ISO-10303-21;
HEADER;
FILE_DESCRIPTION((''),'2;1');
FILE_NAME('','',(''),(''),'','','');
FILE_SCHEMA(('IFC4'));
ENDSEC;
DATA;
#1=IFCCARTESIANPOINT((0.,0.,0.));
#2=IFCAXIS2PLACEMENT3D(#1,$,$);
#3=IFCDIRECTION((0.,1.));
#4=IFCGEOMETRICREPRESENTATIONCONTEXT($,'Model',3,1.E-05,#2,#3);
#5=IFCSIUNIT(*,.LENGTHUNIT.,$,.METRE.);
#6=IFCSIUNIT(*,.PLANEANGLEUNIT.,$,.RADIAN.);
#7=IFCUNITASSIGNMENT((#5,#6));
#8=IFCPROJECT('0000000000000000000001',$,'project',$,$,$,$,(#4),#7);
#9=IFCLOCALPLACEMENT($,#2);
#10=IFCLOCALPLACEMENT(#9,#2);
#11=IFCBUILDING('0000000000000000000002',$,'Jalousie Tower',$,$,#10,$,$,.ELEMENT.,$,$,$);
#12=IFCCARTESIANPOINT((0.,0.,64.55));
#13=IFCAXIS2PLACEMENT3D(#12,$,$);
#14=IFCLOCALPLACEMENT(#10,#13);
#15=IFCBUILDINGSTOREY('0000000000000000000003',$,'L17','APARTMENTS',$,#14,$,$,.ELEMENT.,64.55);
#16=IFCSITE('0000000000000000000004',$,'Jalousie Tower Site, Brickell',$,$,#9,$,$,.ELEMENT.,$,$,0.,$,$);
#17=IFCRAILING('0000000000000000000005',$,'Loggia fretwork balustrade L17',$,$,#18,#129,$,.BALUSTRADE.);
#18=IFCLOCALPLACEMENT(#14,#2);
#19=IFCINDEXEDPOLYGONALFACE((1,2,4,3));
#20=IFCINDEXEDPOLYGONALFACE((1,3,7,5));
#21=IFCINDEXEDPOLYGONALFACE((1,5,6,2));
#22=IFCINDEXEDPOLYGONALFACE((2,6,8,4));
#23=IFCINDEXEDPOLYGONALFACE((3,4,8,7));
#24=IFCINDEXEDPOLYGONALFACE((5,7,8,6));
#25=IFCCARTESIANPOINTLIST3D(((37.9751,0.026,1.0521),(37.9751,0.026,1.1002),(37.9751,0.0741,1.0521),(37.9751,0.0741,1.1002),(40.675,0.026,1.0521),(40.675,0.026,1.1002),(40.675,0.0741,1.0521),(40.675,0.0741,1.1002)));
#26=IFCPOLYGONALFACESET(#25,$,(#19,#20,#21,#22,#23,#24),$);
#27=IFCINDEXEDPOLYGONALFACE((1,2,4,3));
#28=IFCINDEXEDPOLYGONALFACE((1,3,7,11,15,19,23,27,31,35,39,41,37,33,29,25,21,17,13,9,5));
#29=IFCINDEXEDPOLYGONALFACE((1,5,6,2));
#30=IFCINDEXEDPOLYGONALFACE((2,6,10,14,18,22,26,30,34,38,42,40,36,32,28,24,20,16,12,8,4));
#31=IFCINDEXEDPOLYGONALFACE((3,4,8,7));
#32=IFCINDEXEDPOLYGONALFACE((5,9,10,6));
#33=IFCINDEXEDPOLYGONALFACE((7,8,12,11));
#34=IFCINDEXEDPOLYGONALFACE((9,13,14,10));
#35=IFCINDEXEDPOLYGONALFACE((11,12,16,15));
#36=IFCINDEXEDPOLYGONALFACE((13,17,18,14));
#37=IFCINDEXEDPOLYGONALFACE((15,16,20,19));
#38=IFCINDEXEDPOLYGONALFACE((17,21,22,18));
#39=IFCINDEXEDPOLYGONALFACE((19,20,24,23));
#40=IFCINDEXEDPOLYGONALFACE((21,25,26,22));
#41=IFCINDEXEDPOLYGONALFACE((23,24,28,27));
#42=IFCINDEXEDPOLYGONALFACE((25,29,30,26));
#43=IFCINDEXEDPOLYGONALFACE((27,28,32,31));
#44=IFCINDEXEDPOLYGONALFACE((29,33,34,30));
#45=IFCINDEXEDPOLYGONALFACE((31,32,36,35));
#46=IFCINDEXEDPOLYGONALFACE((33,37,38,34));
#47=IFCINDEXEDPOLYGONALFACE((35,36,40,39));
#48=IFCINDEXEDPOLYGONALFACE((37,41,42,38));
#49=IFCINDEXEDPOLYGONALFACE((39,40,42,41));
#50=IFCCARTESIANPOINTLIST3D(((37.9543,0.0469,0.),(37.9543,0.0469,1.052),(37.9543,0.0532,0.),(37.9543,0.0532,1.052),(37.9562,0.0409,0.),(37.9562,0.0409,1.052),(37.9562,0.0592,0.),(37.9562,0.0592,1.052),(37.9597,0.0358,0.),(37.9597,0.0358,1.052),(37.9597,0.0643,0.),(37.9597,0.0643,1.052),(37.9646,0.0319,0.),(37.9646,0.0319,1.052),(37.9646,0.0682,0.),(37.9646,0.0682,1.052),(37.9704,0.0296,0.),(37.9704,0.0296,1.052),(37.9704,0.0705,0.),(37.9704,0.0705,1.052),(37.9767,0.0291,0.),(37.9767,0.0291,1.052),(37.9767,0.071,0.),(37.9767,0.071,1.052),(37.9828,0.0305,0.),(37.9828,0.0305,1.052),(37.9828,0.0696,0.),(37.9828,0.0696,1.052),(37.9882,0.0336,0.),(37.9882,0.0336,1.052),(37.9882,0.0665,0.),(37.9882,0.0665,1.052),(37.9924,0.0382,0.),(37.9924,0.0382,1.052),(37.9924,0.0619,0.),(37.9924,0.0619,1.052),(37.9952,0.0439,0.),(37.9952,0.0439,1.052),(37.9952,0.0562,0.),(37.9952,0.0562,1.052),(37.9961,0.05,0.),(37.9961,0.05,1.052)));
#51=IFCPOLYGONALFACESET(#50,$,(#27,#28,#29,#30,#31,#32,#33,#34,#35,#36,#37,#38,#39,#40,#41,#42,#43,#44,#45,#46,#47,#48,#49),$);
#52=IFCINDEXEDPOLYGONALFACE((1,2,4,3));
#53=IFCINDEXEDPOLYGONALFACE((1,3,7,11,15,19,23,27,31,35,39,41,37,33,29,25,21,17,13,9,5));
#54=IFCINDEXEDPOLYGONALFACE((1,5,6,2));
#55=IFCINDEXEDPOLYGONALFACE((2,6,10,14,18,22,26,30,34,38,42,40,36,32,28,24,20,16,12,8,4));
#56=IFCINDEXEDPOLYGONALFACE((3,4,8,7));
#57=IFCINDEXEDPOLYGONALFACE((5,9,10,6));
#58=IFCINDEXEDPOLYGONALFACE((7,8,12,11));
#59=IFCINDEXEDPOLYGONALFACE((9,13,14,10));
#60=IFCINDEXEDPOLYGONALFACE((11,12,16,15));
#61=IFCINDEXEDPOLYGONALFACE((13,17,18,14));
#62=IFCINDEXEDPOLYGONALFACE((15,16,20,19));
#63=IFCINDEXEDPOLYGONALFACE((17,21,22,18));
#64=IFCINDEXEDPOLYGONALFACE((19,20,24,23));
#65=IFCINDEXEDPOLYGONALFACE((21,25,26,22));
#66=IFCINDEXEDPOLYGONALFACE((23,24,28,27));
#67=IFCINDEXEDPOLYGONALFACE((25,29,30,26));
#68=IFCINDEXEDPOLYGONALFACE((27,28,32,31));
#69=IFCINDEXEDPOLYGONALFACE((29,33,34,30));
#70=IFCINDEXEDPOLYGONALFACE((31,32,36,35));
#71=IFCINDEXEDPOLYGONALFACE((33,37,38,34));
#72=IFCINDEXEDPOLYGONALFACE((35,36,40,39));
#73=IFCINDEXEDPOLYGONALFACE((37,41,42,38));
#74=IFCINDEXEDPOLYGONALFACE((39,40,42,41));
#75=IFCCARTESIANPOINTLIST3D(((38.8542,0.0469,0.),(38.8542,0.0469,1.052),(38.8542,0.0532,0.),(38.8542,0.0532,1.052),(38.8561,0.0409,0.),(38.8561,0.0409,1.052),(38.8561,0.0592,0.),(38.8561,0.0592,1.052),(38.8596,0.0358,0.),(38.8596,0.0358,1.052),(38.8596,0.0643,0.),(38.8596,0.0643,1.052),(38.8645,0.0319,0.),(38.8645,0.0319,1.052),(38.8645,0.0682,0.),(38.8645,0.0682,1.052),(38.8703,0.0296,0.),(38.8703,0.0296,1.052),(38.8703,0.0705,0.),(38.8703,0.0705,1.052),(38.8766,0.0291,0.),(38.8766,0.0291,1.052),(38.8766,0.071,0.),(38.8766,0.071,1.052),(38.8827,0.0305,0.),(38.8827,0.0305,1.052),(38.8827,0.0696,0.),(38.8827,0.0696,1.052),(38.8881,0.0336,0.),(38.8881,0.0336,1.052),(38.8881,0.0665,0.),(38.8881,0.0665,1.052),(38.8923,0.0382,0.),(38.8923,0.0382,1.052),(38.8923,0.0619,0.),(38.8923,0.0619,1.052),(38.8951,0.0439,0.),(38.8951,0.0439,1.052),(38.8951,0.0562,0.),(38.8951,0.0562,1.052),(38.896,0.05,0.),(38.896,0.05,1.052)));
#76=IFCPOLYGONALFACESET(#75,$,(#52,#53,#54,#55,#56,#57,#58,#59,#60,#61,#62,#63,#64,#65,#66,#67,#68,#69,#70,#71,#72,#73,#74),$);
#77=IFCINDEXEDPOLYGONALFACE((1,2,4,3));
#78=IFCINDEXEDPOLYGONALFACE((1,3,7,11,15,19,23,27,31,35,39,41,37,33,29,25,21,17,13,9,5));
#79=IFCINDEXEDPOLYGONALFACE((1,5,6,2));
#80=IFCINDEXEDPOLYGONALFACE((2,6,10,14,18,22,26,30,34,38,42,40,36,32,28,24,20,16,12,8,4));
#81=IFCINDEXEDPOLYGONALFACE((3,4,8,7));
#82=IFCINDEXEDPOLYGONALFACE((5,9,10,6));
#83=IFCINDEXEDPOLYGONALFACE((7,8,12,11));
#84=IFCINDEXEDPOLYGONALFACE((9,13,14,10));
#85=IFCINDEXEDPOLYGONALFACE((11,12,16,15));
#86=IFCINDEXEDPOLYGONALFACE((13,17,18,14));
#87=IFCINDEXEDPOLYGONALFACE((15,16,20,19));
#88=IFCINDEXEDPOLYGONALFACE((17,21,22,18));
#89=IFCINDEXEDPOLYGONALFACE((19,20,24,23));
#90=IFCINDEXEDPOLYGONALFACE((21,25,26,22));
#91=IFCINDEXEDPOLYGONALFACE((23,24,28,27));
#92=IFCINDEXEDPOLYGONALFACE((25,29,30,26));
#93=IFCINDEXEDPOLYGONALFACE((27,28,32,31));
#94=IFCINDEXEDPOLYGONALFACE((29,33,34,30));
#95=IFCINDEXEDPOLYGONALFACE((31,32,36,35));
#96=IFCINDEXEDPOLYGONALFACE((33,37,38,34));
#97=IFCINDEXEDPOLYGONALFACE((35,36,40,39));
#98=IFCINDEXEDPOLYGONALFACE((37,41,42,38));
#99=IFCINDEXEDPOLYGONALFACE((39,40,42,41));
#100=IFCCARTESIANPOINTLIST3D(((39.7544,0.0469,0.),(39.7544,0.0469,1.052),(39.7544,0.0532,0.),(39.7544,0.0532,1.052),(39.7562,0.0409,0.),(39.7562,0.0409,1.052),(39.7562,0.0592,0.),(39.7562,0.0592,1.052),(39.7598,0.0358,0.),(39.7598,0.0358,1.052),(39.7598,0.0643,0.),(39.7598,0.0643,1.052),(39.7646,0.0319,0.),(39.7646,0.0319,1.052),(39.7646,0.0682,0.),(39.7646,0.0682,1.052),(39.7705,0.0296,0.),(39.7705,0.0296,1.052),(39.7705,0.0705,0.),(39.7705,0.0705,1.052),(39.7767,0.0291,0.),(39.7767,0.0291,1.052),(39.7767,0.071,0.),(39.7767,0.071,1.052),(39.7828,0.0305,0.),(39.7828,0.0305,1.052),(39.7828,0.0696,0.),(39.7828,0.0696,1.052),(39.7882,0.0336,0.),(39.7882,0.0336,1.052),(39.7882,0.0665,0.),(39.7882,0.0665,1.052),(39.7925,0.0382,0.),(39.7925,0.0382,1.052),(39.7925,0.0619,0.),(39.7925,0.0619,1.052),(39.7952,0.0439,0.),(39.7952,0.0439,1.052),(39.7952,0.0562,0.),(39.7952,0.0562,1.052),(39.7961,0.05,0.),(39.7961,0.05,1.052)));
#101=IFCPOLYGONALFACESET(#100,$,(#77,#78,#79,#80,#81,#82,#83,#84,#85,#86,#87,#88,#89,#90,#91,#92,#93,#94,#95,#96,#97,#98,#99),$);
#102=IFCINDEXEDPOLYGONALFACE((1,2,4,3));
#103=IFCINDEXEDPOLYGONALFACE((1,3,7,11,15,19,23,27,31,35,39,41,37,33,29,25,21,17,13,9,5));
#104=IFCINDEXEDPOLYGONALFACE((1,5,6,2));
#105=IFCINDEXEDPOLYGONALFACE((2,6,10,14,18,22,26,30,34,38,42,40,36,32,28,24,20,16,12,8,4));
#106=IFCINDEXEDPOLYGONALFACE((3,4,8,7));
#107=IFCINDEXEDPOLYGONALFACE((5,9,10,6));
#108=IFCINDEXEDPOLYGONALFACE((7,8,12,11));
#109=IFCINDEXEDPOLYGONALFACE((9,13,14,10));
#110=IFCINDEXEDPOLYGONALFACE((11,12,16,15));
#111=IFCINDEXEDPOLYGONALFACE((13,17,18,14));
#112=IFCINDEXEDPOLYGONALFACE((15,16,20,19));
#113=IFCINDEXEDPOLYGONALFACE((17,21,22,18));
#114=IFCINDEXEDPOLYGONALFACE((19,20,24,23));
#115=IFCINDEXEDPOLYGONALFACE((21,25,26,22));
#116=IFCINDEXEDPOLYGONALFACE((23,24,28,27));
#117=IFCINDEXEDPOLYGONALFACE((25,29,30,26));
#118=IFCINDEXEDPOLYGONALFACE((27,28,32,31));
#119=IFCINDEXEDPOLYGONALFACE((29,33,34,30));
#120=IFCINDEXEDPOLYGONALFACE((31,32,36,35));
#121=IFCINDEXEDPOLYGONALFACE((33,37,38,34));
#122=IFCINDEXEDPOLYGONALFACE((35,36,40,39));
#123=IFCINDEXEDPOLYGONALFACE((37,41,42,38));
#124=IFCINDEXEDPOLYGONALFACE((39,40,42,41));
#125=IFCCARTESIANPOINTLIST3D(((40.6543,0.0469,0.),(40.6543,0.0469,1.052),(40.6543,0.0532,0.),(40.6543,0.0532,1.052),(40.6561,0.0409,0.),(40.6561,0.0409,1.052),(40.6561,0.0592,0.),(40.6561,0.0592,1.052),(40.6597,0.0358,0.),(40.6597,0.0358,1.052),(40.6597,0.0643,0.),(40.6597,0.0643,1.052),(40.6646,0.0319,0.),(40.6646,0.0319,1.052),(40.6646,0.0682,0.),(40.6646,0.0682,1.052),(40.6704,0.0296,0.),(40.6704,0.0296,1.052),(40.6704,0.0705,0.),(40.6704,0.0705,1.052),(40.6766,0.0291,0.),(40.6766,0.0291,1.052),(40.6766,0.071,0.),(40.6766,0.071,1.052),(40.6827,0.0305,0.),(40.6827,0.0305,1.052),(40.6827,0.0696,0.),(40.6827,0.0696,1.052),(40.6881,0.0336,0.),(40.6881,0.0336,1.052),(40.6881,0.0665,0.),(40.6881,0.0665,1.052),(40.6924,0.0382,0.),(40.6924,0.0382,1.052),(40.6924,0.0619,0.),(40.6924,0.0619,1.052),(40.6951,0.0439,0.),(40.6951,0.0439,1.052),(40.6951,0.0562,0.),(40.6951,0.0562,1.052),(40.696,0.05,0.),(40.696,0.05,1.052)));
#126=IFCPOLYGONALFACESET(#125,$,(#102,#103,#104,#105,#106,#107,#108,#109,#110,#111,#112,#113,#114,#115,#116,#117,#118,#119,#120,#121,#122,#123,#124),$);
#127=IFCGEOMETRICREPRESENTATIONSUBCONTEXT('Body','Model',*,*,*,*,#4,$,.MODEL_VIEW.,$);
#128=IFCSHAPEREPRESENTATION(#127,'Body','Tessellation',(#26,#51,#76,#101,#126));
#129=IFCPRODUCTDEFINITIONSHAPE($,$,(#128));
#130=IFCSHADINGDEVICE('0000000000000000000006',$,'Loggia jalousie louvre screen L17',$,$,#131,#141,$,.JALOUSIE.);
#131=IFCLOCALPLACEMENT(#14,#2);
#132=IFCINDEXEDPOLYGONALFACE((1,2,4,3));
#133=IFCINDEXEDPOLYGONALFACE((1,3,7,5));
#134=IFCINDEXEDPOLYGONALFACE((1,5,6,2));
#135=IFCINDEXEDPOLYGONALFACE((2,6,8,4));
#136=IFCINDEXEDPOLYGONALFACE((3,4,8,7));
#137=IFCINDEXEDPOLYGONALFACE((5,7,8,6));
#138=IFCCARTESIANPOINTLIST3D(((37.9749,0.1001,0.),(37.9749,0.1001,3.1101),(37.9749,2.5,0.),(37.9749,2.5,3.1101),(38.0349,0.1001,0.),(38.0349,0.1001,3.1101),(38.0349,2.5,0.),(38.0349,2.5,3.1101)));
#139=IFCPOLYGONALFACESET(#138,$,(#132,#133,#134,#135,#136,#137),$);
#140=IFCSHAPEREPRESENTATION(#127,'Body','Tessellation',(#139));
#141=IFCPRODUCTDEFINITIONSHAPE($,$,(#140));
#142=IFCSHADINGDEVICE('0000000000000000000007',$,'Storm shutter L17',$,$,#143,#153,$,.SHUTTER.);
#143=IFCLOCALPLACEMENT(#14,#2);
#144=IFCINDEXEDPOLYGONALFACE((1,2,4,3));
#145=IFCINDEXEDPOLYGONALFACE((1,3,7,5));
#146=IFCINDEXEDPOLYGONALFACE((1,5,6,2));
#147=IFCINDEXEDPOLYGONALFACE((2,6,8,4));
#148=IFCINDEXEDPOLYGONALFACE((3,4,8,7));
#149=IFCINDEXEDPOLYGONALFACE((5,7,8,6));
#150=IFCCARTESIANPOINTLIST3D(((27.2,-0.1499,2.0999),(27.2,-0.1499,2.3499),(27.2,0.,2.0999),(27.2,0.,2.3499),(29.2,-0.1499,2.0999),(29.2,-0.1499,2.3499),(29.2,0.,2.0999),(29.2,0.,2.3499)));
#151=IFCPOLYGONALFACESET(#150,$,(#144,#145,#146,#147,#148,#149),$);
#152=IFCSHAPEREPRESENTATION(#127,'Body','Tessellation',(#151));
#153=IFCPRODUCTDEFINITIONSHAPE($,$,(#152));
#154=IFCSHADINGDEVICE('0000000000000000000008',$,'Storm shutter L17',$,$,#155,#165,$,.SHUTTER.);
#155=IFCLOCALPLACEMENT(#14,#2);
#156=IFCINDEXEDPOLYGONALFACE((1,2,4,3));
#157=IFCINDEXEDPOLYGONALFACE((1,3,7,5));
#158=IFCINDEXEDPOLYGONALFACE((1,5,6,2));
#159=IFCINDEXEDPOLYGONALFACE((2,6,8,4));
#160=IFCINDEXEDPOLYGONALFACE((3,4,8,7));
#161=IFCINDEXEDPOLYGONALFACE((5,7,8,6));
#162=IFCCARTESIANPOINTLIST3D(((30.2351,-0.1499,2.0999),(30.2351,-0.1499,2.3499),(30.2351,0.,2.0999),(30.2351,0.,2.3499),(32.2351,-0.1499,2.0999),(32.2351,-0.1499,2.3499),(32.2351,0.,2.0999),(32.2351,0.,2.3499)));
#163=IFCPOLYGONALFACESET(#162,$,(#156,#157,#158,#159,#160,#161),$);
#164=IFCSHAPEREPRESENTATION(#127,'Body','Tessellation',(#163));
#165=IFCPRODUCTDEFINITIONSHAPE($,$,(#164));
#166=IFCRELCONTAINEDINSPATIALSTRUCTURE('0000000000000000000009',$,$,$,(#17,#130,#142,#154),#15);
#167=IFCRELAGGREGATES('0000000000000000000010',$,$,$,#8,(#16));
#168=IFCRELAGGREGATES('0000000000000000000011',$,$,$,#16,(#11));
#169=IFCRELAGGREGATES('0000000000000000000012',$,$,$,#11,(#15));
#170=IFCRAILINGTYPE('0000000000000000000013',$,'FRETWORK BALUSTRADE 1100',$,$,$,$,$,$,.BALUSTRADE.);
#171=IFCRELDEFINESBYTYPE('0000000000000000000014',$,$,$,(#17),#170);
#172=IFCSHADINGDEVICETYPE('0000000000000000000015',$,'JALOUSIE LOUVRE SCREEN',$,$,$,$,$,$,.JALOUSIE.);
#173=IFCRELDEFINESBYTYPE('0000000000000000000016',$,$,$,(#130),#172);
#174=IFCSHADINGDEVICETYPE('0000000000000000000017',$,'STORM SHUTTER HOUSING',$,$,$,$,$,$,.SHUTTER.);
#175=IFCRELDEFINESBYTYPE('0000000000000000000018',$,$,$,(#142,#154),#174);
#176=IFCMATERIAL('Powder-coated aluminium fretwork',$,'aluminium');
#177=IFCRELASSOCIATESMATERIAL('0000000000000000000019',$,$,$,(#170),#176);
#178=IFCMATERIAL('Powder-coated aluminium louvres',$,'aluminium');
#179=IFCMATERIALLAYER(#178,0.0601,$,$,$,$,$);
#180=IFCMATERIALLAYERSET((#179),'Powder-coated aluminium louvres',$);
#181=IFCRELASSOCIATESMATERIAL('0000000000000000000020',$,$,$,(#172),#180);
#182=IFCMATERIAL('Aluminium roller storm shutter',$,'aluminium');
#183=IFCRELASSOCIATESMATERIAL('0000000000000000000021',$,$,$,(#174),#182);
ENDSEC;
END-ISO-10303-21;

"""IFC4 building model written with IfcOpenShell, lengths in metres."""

from ifc_helpers import new_model, si_unit, direction, frame, origin, origin_2d, place, context, subcontext, project, spatial, rectangle, circle, extrude, material, layer, layer_set, type_object, element, save


model = new_model("IFC4")

# Units and contexts
model_context = context("Model", 3, precision=1e-05, world=origin(), true_north=direction((0.0, 1.0)))
body_context = subcontext(model_context, "Body", "Model", "MODEL_VIEW")
ifc_project = project(units=[si_unit("LENGTHUNIT", "METRE"), si_unit("PLANEANGLEUNIT", "RADIAN")], contexts=[model_context])

# Site, building, storey
site_placement = place(None, origin())
site = spatial("IfcSite", under=ifc_project, at=site_placement, Name="Jalousie Tower Site, Brickell", CompositionType="ELEMENT", RefElevation=0.0)
building_placement = place(site_placement, origin())
building = spatial("IfcBuilding", under=site, at=building_placement, Name="Jalousie Tower", CompositionType="ELEMENT")
storey_placement = place(building_placement, frame((0.0, 0.0, 64.55)))
storey = spatial("IfcBuildingStorey", under=building, at=storey_placement, Name="L17", Description="APARTMENTS", CompositionType="ELEMENT", Elevation=64.55)

# Railing
ifc_material_1 = material(Name="Powder-coated aluminium fretwork", Category="aluminium")
railing_type = type_object("IfcRailingType", Name="FRETWORK BALUSTRADE 1100", PredefinedType="BALUSTRADE", material=ifc_material_1)
railing_placement = place(storey_placement, frame((37.9751, 0.05, 0.0)))
element("IfcRailing", 1, at=railing_placement, inside=storey, type_object=railing_type, Name="Loggia fretwork balustrade L17", PredefinedType="BALUSTRADE", context=body_context, shape_type="SweptSolid", body=[
    extrude(rectangle(XDim=0.0481, YDim=0.0481, at=origin_2d()), frame((0.0, 0.0, 1.0762), z_axis=(1.0, 0.0, 0.0), x_axis=(0.0, 1.0, 0.0)), (0.0, 0.0, 1.0), 2.7),
    extrude(circle(Radius=0.021, at=origin_2d()), origin(), (0.0, 0.0, 1.0), 1.052),
    extrude(circle(Radius=0.021, at=origin_2d()), frame((0.8999, 0.0, 0.0)), (0.0, 0.0, 1.0), 1.052),
    extrude(circle(Radius=0.021, at=origin_2d()), frame((1.8, 0.0, 0.0)), (0.0, 0.0, 1.0), 1.052),
    extrude(circle(Radius=0.021, at=origin_2d()), frame((2.7, 0.0, 0.0)), (0.0, 0.0, 1.0), 1.052),
])

# Shading devices
ifc_material_2 = material(Name="Powder-coated aluminium louvres", Category="aluminium")
ifc_layer_1 = layer(ifc_material_2, 0.0601)
ifc_layer_set_1 = layer_set([ifc_layer_1], Name="Powder-coated aluminium louvres")
shading_device_type_1 = type_object("IfcShadingDeviceType", Name="JALOUSIE LOUVRE SCREEN", PredefinedType="JALOUSIE", material=ifc_layer_set_1)
shading_device_placement = place(storey_placement, frame((38.0049, 1.3, 0.0), z_axis=(0.0, 0.0, 1.0), x_axis=(1.0, 0.0, 0.0)))
element("IfcShadingDevice", 2, at=shading_device_placement, inside=storey, type_object=shading_device_type_1, Name="Loggia jalousie louvre screen L17", PredefinedType="JALOUSIE", context=body_context, shape_type="SweptSolid", body=[
    extrude(rectangle(XDim=0.0601, YDim=2.3999, at=origin_2d()), origin(), (0.0, 0.0, 1.0), 3.1101),
])
ifc_material_3 = material(Name="Aluminium roller storm shutter", Category="aluminium")
shading_device_type_2 = type_object("IfcShadingDeviceType", Name="STORM SHUTTER HOUSING", PredefinedType="SHUTTER", material=ifc_material_3)
for number, where, z_axis, x_axis, name in (
    (3, (28.2, -0.075, 2.0999), (0.0, 0.0, 1.0), (1.0, 0.0, 0.0), "Storm shutter L17"),
    (4, (31.2351, -0.075, 2.0999), (0.0, 0.0, 1.0), (1.0, 0.0, 0.0), "Storm shutter L17"),
):
    element("IfcShadingDevice", number, at=place(storey_placement, frame(where, z_axis=z_axis, x_axis=x_axis)), inside=storey, type_object=shading_device_type_2, Name=name, PredefinedType="SHUTTER", context=body_context, shape_type="SweptSolid", body=[
        extrude(rectangle(XDim=2.0, YDim=0.1499, at=origin_2d()), origin(), (0.0, 0.0, 1.0), 0.25),
    ])

save(model, "model.ifc")
